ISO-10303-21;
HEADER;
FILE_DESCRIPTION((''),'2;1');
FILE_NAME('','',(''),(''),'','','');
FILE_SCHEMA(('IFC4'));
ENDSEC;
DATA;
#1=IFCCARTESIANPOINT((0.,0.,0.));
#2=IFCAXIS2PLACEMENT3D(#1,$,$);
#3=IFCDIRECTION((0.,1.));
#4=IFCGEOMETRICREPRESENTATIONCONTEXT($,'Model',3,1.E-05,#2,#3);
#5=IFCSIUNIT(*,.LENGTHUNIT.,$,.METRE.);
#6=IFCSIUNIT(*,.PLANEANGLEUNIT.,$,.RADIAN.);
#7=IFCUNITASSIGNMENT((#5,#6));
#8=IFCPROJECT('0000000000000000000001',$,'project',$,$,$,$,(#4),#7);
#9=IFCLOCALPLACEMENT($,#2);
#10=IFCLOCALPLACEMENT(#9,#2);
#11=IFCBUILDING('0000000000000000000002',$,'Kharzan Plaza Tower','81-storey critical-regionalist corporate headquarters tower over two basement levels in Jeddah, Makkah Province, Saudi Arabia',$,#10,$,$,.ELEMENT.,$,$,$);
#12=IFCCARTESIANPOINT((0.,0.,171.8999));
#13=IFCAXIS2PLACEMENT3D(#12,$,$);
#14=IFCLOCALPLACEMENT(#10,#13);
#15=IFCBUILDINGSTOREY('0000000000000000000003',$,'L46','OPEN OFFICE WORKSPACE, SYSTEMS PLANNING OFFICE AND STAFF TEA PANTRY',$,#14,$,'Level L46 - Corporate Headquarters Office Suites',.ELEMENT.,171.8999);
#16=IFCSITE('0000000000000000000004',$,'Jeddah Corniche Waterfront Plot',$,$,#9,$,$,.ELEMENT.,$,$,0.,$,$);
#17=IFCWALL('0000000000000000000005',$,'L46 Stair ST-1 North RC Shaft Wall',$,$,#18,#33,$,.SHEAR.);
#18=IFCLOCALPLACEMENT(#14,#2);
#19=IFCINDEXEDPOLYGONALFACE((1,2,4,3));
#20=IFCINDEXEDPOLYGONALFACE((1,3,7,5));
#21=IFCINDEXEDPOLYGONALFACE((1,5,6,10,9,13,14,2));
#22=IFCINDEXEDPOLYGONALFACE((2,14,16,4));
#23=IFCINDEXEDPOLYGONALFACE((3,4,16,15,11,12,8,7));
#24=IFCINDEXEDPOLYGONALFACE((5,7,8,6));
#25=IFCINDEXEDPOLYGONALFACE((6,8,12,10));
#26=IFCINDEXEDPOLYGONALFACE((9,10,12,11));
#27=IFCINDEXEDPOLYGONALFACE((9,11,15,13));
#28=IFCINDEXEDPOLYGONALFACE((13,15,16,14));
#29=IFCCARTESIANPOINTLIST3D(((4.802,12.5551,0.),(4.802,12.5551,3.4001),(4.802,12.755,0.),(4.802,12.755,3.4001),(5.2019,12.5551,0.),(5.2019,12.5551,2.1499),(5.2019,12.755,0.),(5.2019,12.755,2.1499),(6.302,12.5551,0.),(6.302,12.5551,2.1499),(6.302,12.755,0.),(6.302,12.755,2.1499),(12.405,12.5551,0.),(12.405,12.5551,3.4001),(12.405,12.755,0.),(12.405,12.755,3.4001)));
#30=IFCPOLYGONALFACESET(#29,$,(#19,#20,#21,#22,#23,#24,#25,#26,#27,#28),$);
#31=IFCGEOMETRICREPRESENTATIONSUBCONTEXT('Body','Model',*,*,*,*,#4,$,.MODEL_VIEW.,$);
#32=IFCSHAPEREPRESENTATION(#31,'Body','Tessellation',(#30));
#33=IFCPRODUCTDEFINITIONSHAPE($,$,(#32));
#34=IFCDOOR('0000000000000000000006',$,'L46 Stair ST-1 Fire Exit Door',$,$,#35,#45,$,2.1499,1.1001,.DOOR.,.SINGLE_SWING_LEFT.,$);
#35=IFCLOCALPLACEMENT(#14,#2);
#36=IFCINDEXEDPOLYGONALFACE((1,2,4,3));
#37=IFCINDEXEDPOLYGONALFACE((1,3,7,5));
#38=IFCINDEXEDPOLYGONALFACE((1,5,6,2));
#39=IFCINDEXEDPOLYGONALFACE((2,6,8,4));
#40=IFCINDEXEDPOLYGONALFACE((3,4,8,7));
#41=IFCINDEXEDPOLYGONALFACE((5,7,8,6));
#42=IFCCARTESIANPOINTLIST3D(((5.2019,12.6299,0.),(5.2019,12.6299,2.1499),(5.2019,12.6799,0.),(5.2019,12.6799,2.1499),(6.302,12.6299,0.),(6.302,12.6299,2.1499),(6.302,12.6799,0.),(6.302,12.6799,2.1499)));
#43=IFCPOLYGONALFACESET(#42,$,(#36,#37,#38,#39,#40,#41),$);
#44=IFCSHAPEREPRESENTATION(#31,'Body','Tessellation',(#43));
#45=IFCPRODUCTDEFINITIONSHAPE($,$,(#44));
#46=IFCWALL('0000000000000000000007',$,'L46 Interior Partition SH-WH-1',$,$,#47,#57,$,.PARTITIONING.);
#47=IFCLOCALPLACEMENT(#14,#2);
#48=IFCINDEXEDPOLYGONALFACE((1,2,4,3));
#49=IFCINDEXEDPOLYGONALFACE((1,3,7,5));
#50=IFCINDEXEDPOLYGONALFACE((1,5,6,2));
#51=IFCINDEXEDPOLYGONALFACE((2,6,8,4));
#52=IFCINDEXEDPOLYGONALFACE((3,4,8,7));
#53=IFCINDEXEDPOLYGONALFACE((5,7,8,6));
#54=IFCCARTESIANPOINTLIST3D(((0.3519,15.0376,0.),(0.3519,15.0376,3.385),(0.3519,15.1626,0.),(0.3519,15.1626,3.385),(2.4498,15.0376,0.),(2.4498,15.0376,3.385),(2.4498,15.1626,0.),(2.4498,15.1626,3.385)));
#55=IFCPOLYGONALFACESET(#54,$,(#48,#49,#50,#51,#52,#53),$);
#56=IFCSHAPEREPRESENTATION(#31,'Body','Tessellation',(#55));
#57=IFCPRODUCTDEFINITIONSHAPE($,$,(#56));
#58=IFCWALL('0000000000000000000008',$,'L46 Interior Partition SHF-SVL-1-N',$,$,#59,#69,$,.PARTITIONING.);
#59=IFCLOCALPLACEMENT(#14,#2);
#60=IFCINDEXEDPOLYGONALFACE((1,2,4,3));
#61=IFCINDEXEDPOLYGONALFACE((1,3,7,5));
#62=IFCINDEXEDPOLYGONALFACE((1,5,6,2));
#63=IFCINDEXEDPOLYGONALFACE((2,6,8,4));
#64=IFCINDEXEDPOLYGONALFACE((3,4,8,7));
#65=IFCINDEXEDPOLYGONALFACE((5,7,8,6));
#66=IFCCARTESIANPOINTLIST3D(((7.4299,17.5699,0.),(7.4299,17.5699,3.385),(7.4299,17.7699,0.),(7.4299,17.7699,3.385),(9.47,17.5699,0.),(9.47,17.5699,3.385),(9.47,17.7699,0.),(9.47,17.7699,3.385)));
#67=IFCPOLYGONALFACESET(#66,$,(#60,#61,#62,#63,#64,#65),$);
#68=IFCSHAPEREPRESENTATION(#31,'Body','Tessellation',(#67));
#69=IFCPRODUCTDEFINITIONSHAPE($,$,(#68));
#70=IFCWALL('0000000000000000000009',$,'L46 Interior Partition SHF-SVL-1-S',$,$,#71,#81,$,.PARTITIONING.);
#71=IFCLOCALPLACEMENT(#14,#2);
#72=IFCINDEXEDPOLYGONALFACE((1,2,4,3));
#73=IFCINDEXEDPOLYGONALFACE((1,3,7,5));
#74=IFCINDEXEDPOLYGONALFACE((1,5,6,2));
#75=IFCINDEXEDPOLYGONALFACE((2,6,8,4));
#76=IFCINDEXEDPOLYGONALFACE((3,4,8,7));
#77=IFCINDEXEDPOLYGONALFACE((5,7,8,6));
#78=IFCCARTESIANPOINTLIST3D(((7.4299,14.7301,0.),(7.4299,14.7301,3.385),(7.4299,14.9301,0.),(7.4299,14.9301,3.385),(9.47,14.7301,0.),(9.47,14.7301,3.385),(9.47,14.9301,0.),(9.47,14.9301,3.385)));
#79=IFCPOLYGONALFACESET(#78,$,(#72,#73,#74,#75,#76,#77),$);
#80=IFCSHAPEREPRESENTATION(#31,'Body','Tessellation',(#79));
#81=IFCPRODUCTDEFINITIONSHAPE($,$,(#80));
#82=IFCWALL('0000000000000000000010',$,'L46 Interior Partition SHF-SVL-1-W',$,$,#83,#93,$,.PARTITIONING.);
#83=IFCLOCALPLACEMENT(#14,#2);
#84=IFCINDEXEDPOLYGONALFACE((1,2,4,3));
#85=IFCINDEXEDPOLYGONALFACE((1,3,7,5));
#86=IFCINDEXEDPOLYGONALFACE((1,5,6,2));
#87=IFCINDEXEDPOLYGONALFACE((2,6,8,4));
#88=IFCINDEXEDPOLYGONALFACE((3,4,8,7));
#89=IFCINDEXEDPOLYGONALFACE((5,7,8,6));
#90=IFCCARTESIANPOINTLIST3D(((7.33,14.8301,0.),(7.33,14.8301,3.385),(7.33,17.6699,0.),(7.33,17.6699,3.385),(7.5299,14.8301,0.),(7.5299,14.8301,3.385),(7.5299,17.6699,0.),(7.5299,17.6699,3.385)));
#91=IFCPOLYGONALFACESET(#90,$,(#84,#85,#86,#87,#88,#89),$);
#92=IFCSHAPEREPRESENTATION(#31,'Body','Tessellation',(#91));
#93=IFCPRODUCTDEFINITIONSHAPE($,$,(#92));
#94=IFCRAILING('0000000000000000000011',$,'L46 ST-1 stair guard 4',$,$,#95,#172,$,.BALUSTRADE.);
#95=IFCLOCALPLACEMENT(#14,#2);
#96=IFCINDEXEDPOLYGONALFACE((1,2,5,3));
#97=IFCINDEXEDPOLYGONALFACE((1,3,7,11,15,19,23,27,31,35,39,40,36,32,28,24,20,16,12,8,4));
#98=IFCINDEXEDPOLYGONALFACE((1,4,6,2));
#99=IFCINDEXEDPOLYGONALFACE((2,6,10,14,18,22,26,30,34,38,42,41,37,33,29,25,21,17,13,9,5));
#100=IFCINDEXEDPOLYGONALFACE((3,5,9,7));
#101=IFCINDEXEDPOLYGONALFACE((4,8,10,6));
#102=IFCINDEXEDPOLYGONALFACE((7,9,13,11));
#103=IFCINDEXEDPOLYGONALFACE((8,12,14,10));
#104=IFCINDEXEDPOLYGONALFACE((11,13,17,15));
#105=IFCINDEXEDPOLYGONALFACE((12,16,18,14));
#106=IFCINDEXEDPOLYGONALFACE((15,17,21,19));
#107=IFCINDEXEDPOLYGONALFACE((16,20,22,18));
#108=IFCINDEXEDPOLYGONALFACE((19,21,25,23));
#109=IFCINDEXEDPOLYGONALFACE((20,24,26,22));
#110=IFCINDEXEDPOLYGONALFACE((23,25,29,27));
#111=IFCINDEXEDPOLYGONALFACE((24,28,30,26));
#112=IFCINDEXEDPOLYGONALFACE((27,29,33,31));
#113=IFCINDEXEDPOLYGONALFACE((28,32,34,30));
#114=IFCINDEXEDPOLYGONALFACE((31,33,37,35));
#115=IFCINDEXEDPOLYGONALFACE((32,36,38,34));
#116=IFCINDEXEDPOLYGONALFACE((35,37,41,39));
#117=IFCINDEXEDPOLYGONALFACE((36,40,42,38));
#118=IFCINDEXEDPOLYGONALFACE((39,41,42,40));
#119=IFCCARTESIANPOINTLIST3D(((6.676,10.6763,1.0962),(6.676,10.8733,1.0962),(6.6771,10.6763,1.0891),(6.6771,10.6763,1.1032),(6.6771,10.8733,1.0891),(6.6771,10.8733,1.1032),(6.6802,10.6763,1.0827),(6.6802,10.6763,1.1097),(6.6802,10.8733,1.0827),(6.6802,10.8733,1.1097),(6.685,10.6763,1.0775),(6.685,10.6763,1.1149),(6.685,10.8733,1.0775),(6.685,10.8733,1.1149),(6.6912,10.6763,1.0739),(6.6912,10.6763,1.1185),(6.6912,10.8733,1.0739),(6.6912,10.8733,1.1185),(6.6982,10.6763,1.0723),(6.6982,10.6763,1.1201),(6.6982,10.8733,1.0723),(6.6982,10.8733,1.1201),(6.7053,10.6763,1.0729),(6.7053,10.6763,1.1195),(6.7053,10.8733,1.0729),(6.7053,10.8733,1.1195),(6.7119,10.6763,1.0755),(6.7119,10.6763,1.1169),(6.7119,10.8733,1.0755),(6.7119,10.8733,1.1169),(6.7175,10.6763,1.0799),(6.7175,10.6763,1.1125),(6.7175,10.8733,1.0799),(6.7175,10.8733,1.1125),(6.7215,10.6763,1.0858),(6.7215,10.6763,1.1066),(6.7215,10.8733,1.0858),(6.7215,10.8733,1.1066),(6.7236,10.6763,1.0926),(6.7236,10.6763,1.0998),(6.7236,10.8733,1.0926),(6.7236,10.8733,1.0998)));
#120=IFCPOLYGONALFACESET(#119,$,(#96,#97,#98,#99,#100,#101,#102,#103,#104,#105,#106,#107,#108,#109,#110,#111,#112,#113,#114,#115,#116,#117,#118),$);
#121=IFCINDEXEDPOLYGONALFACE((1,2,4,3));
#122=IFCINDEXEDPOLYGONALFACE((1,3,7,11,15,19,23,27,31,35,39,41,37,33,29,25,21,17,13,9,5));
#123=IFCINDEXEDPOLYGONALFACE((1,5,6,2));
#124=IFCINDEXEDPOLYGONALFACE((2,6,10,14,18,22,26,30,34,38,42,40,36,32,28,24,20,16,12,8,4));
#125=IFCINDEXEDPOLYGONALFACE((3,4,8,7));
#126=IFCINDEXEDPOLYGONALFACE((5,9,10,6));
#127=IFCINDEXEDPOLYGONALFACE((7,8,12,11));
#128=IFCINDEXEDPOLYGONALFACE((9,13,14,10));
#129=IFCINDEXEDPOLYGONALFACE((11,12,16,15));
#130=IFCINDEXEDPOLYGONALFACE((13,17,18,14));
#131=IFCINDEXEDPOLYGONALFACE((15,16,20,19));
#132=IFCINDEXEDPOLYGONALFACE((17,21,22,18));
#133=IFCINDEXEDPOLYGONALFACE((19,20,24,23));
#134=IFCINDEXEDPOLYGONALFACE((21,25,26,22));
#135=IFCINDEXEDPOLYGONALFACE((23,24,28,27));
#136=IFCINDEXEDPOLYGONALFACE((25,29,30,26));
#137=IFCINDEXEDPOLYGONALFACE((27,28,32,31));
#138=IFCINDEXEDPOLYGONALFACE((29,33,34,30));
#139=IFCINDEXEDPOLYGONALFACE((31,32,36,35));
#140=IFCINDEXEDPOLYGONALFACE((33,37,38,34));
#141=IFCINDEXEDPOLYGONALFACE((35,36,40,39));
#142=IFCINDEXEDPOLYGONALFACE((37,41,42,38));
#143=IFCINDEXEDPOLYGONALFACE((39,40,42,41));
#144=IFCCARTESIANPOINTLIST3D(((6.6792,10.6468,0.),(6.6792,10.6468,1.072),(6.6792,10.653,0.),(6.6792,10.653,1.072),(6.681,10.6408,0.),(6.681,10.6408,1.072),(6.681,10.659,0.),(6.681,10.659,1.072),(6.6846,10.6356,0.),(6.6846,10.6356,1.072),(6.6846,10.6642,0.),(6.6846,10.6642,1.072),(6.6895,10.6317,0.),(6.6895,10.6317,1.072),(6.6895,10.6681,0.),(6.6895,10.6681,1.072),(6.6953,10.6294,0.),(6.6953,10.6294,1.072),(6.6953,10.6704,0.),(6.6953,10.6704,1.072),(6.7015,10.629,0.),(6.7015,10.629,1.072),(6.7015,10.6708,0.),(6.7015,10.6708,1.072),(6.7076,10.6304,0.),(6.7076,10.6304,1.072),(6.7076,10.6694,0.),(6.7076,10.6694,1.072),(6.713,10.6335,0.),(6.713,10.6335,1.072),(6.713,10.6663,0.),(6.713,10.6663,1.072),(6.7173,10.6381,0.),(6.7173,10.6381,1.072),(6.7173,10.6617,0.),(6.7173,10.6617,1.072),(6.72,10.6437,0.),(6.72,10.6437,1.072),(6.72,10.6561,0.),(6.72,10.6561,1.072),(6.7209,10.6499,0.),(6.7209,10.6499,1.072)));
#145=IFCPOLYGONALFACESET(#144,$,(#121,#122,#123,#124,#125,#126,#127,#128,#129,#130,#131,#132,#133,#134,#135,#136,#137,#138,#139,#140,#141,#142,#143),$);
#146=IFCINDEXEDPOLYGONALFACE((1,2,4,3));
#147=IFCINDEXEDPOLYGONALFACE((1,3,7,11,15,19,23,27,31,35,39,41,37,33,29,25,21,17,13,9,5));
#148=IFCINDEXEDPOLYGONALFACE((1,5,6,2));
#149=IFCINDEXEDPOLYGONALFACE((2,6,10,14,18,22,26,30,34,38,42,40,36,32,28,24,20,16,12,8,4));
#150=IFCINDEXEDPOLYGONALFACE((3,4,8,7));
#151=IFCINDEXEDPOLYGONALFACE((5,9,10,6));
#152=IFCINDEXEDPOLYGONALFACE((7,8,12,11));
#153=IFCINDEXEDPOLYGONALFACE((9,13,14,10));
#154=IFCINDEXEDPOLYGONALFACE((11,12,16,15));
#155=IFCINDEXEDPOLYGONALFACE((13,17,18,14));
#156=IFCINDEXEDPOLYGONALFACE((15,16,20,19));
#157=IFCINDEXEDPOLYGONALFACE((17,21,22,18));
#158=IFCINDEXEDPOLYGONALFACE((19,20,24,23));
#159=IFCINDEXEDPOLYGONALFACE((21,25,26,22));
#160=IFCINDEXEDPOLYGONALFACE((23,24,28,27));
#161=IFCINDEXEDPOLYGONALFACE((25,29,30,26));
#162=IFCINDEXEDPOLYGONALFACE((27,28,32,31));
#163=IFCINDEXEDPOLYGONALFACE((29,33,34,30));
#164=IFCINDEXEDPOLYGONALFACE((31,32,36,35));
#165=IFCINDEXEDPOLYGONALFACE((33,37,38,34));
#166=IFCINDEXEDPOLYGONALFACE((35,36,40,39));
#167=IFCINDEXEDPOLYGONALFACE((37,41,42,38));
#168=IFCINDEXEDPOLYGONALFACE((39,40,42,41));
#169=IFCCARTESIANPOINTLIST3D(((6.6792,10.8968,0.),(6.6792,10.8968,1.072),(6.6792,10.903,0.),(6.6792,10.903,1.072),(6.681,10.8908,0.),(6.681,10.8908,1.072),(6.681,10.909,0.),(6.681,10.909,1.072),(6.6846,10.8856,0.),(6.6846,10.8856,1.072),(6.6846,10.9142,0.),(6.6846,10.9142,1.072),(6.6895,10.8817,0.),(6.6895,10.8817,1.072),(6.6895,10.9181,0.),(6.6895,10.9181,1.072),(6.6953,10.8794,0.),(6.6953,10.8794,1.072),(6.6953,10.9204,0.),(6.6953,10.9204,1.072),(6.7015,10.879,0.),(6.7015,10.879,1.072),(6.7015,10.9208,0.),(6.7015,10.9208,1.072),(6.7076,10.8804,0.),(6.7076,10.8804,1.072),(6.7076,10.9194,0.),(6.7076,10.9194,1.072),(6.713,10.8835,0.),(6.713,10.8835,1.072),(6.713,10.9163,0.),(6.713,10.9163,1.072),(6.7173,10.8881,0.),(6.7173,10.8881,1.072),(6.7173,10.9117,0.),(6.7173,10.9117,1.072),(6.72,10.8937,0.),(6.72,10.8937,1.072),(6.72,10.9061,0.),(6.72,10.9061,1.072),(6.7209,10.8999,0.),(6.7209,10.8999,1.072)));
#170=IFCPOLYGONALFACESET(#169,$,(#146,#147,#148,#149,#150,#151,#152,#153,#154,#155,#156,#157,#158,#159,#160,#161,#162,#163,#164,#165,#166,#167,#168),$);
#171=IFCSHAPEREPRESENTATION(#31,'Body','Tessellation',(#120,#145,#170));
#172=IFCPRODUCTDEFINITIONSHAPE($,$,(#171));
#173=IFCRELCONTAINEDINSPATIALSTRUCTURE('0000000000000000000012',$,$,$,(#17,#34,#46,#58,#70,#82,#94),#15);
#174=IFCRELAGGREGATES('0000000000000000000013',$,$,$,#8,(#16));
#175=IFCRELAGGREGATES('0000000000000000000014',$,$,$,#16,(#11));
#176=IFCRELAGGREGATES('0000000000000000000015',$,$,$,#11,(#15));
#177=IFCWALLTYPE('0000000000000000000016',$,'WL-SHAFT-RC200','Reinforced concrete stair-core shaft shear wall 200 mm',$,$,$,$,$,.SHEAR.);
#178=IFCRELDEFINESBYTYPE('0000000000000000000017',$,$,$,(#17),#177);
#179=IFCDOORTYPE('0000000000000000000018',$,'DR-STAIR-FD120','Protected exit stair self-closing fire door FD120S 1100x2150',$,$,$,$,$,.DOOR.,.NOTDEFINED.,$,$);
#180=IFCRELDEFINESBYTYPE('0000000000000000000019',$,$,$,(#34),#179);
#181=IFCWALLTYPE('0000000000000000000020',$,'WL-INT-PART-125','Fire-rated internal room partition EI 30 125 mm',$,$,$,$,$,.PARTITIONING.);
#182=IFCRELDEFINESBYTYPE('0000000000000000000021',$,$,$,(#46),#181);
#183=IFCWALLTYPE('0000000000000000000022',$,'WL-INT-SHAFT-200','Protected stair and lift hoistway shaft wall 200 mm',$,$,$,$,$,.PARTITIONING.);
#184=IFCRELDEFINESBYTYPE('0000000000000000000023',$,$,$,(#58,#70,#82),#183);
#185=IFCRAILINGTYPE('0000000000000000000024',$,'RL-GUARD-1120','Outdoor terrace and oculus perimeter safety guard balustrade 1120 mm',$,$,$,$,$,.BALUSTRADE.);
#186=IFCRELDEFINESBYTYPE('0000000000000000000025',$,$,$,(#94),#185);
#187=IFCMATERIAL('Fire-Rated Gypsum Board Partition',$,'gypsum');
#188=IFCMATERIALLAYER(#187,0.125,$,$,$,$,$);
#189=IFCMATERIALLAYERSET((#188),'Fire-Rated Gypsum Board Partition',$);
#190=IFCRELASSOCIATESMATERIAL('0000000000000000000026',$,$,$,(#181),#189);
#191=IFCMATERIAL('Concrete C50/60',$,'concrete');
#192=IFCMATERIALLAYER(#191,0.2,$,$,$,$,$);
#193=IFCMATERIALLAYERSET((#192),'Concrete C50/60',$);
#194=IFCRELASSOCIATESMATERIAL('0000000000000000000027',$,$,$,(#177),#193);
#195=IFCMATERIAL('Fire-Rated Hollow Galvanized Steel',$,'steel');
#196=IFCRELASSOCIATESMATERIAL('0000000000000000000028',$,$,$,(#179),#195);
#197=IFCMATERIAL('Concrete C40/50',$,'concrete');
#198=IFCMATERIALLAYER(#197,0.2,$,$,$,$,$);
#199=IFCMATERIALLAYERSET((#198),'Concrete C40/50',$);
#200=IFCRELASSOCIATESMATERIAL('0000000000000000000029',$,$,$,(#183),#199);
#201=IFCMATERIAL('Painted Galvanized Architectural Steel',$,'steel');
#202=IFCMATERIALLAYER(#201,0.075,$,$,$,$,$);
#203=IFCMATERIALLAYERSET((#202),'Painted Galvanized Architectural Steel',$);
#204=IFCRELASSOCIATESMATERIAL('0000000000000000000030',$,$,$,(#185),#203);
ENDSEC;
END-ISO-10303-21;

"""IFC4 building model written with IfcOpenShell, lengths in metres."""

from ifc_helpers import new_model, si_unit, direction, frame, frame_2d, origin, origin_2d, place, context, subcontext, project, spatial, rectangle, circle, extrude, source, transform, mapped, material, layer, layer_set, type_object, element, fill, save


model = new_model("IFC4")

# Units and contexts
model_context = context("Model", 3, precision=1e-05, world=origin(), true_north=direction((0.0, 1.0)))
body_context = subcontext(model_context, "Body", "Model", "MODEL_VIEW")
ifc_project = project(units=[si_unit("LENGTHUNIT", "METRE"), si_unit("PLANEANGLEUNIT", "RADIAN")], contexts=[model_context])

# Site, building, storey
site_placement = place(None, origin())
site = spatial("IfcSite", under=ifc_project, at=site_placement, Name="Jeddah Corniche Waterfront Plot", CompositionType="ELEMENT", RefElevation=0.0)
building_placement = place(site_placement, origin())
building = spatial("IfcBuilding", under=site, at=building_placement, Name="Kharzan Plaza Tower", Description="81-storey critical-regionalist corporate headquarters tower over two basement levels in Jeddah, Makkah Province, Saudi Arabia", CompositionType="ELEMENT")
storey_placement = place(building_placement, frame((0.0, 0.0, 171.8999)))
storey = spatial("IfcBuildingStorey", under=building, at=storey_placement, Name="L46", Description="OPEN OFFICE WORKSPACE, SYSTEMS PLANNING OFFICE AND STAFF TEA PANTRY", LongName="Level L46 - Corporate Headquarters Office Suites", CompositionType="ELEMENT", Elevation=171.8999)

# Shared definitions
ifc_material_1 = material(Name="Concrete C50/60", Category="concrete")

# Shared definitions
ifc_material_2 = material(Name="Concrete C40/50", Category="concrete")

# Wall, opening, door
ifc_material_3 = material(Name="Fire-Rated Gypsum Board Partition", Category="gypsum")
ifc_layer_1 = layer(ifc_material_3, 0.125)
ifc_layer_set_1 = layer_set([ifc_layer_1], Name="Fire-Rated Gypsum Board Partition")
wall_type_1 = type_object("IfcWallType", Name="WL-INT-PART-125", Description="Fire-rated internal room partition EI 30 125 mm", PredefinedType="PARTITIONING", material=ifc_layer_set_1)
ifc_layer_2 = layer(ifc_material_1, 0.2)
ifc_layer_set_2 = layer_set([ifc_layer_2], Name="Concrete C50/60")
wall_type_2 = type_object("IfcWallType", Name="WL-SHAFT-RC200", Description="Reinforced concrete stair-core shaft shear wall 200 mm", PredefinedType="SHEAR", material=ifc_layer_set_2)
wall_1_placement = place(storey_placement, frame((4.802, 12.655, 0.0), z_axis=(0.0, 0.0, 1.0), x_axis=(1.0, 0.0, 0.0)))
wall_1 = element("IfcWall", 1, at=wall_1_placement, inside=storey, type_object=wall_type_2, Name="L46 Stair ST-1 North RC Shaft Wall", PredefinedType="SHEAR", context=body_context, shape_type="SweptSolid", body=[
    extrude(rectangle(XDim=7.603, YDim=0.2, at=frame_2d((3.8015, 0.0))), origin(), (0.0, 0.0, 1.0), 3.4001),
])
opening_1_placement = place(wall_1_placement, frame((0.3999, 0.0, 0.0)))
opening_1 = element("IfcOpeningElement", 2, at=opening_1_placement, cuts=wall_1, PredefinedType="OPENING", context=body_context, shape_type="SweptSolid", body=[
    extrude(rectangle(XDim=1.1001, YDim=2.1499, at=frame_2d((0.55, 1.075))), frame((0.0, 0.1099, 0.0), z_axis=(0.0, -1.0, 0.0), x_axis=(1.0, 0.0, 0.0)), (0.0, 0.0, 1.0), 0.22),
])
ifc_material_4 = material(Name="Fire-Rated Hollow Galvanized Steel", Category="steel")
door_type_1 = type_object("IfcDoorType", Name="DR-STAIR-FD120", Description="Protected exit stair self-closing fire door FD120S 1100x2150", OperationType="NOTDEFINED", PredefinedType="DOOR", material=ifc_material_4)
shared_shape_1 = source(origin(), body_context, "Body", "SweptSolid", [
    extrude(rectangle(XDim=1.1001, YDim=2.1499, at=frame_2d((0.55, 1.075))), frame((0.0, 0.0249, 0.0), z_axis=(0.0, -1.0, 0.0), x_axis=(1.0, 0.0, 0.0)), (0.0, 0.0, 1.0), 0.05),
])
door_1_placement = place(opening_1_placement, origin())
door_1 = element("IfcDoor", 3, at=door_1_placement, inside=storey, type_object=door_type_1, Name="L46 Stair ST-1 Fire Exit Door", OperationType="SINGLE_SWING_LEFT", OverallHeight=2.1499, OverallWidth=1.1001, PredefinedType="DOOR", context=body_context, shape_type="MappedRepresentation", body=[
    mapped(shared_shape_1, transform((0.0, 0.0, 0.0), x_axis=(1.0, 0.0, 0.0), y_axis=(0.0, 1.0, 0.0), z_axis=(0.0, 0.0, 1.0))),
])
fill(opening_1, door_1)

# Walls
shared_shape_2 = source(origin(), body_context, "Body", "SweptSolid", [
    extrude(rectangle(XDim=2.0979, YDim=0.125, at=frame_2d((1.0488, 0.0))), origin(), (0.0, 0.0, 1.0), 3.385),
])
wall_2_placement = place(storey_placement, frame((0.3521, 15.1001, 0.0), z_axis=(0.0, 0.0, 1.0), x_axis=(1.0, 0.0, 0.0)))
element("IfcWall", 4, at=wall_2_placement, inside=storey, type_object=wall_type_1, Name="L46 Interior Partition SH-WH-1", PredefinedType="PARTITIONING", context=body_context, shape_type="MappedRepresentation", body=[
    mapped(shared_shape_2, transform((0.0, 0.0, 0.0), x_axis=(1.0, 0.0, 0.0), y_axis=(0.0, 1.0, 0.0), z_axis=(0.0, 0.0, 1.0))),
])
ifc_layer_3 = layer(ifc_material_2, 0.2)
ifc_layer_set_3 = layer_set([ifc_layer_3], Name="Concrete C40/50")
wall_type_3 = type_object("IfcWallType", Name="WL-INT-SHAFT-200", Description="Protected stair and lift hoistway shaft wall 200 mm", PredefinedType="PARTITIONING", material=ifc_layer_set_3)
shared_shape_3 = source(origin(), body_context, "Body", "SweptSolid", [
    extrude(rectangle(XDim=2.04, YDim=0.2, at=frame_2d((1.02, 0.0))), origin(), (0.0, 0.0, 1.0), 3.385),
])
for number, where, z_axis, x_axis, name in (
    (5, (7.4299, 17.6699, 0.0), (0.0, 0.0, 1.0), (1.0, 0.0, 0.0), "L46 Interior Partition SHF-SVL-1-N"),
    (6, (7.4299, 14.8301, 0.0), (0.0, 0.0, 1.0), (1.0, 0.0, 0.0), "L46 Interior Partition SHF-SVL-1-S"),
):
    element("IfcWall", number, at=place(storey_placement, frame(where, z_axis=z_axis, x_axis=x_axis)), inside=storey, type_object=wall_type_3, Name=name, PredefinedType="PARTITIONING", context=body_context, shape_type="MappedRepresentation", body=[
        mapped(shared_shape_3, transform((0.0, 0.0, 0.0), x_axis=(1.0, 0.0, 0.0), y_axis=(0.0, 1.0, 0.0), z_axis=(0.0, 0.0, 1.0))),
    ])
shared_shape_4 = source(origin(), body_context, "Body", "SweptSolid", [
    extrude(rectangle(XDim=2.8398, YDim=0.2, at=frame_2d((1.4199, 0.0))), origin(), (0.0, 0.0, 1.0), 3.385),
])
wall_3_placement = place(storey_placement, frame((7.4299, 14.8301, 0.0), z_axis=(0.0, 0.0, 1.0), x_axis=(0.0, 1.0, 0.0)))
element("IfcWall", 7, at=wall_3_placement, inside=storey, type_object=wall_type_3, Name="L46 Interior Partition SHF-SVL-1-W", PredefinedType="PARTITIONING", context=body_context, shape_type="MappedRepresentation", body=[
    mapped(shared_shape_4, transform((0.0, 0.0, 0.0), x_axis=(1.0, 0.0, 0.0), y_axis=(0.0, 1.0, 0.0), z_axis=(0.0, 0.0, 1.0))),
])

# Railing
ifc_material_5 = material(Name="Painted Galvanized Architectural Steel", Category="steel")
ifc_layer_4 = layer(ifc_material_5, 0.075)
ifc_layer_set_4 = layer_set([ifc_layer_4], Name="Painted Galvanized Architectural Steel")
railing_type = type_object("IfcRailingType", Name="RL-GUARD-1120", Description="Outdoor terrace and oculus perimeter safety guard balustrade 1120 mm", PredefinedType="BALUSTRADE", material=ifc_layer_set_4)
shared_shape_5 = source(origin(), body_context, "Body", "SweptSolid", [
    extrude(circle(Radius=0.0239, at=origin_2d()), frame((0.0, 0.0264, 1.0962), z_axis=(0.0, 1.0, 0.0), x_axis=(-1.0, 0.0, 0.0)), (0.0, 0.0, 1.0), 0.197),
    extrude(circle(Radius=0.021, at=origin_2d()), origin(), (0.0, 0.0, 1.0), 1.072),
    extrude(circle(Radius=0.021, at=origin_2d()), frame((0.0, 0.25, 0.0)), (0.0, 0.0, 1.0), 1.072),
])
railing_placement = place(storey_placement, frame((6.7, 10.6499, 0.0)))
element("IfcRailing", 8, at=railing_placement, inside=storey, type_object=railing_type, Name="L46 ST-1 stair guard 4", PredefinedType="BALUSTRADE", context=body_context, shape_type="MappedRepresentation", body=[
    mapped(shared_shape_5, transform((0.0, 0.0, 0.0), x_axis=(1.0, 0.0, 0.0), y_axis=(0.0, 1.0, 0.0), z_axis=(0.0, 0.0, 1.0))),
])

save(model, "model.ifc")
